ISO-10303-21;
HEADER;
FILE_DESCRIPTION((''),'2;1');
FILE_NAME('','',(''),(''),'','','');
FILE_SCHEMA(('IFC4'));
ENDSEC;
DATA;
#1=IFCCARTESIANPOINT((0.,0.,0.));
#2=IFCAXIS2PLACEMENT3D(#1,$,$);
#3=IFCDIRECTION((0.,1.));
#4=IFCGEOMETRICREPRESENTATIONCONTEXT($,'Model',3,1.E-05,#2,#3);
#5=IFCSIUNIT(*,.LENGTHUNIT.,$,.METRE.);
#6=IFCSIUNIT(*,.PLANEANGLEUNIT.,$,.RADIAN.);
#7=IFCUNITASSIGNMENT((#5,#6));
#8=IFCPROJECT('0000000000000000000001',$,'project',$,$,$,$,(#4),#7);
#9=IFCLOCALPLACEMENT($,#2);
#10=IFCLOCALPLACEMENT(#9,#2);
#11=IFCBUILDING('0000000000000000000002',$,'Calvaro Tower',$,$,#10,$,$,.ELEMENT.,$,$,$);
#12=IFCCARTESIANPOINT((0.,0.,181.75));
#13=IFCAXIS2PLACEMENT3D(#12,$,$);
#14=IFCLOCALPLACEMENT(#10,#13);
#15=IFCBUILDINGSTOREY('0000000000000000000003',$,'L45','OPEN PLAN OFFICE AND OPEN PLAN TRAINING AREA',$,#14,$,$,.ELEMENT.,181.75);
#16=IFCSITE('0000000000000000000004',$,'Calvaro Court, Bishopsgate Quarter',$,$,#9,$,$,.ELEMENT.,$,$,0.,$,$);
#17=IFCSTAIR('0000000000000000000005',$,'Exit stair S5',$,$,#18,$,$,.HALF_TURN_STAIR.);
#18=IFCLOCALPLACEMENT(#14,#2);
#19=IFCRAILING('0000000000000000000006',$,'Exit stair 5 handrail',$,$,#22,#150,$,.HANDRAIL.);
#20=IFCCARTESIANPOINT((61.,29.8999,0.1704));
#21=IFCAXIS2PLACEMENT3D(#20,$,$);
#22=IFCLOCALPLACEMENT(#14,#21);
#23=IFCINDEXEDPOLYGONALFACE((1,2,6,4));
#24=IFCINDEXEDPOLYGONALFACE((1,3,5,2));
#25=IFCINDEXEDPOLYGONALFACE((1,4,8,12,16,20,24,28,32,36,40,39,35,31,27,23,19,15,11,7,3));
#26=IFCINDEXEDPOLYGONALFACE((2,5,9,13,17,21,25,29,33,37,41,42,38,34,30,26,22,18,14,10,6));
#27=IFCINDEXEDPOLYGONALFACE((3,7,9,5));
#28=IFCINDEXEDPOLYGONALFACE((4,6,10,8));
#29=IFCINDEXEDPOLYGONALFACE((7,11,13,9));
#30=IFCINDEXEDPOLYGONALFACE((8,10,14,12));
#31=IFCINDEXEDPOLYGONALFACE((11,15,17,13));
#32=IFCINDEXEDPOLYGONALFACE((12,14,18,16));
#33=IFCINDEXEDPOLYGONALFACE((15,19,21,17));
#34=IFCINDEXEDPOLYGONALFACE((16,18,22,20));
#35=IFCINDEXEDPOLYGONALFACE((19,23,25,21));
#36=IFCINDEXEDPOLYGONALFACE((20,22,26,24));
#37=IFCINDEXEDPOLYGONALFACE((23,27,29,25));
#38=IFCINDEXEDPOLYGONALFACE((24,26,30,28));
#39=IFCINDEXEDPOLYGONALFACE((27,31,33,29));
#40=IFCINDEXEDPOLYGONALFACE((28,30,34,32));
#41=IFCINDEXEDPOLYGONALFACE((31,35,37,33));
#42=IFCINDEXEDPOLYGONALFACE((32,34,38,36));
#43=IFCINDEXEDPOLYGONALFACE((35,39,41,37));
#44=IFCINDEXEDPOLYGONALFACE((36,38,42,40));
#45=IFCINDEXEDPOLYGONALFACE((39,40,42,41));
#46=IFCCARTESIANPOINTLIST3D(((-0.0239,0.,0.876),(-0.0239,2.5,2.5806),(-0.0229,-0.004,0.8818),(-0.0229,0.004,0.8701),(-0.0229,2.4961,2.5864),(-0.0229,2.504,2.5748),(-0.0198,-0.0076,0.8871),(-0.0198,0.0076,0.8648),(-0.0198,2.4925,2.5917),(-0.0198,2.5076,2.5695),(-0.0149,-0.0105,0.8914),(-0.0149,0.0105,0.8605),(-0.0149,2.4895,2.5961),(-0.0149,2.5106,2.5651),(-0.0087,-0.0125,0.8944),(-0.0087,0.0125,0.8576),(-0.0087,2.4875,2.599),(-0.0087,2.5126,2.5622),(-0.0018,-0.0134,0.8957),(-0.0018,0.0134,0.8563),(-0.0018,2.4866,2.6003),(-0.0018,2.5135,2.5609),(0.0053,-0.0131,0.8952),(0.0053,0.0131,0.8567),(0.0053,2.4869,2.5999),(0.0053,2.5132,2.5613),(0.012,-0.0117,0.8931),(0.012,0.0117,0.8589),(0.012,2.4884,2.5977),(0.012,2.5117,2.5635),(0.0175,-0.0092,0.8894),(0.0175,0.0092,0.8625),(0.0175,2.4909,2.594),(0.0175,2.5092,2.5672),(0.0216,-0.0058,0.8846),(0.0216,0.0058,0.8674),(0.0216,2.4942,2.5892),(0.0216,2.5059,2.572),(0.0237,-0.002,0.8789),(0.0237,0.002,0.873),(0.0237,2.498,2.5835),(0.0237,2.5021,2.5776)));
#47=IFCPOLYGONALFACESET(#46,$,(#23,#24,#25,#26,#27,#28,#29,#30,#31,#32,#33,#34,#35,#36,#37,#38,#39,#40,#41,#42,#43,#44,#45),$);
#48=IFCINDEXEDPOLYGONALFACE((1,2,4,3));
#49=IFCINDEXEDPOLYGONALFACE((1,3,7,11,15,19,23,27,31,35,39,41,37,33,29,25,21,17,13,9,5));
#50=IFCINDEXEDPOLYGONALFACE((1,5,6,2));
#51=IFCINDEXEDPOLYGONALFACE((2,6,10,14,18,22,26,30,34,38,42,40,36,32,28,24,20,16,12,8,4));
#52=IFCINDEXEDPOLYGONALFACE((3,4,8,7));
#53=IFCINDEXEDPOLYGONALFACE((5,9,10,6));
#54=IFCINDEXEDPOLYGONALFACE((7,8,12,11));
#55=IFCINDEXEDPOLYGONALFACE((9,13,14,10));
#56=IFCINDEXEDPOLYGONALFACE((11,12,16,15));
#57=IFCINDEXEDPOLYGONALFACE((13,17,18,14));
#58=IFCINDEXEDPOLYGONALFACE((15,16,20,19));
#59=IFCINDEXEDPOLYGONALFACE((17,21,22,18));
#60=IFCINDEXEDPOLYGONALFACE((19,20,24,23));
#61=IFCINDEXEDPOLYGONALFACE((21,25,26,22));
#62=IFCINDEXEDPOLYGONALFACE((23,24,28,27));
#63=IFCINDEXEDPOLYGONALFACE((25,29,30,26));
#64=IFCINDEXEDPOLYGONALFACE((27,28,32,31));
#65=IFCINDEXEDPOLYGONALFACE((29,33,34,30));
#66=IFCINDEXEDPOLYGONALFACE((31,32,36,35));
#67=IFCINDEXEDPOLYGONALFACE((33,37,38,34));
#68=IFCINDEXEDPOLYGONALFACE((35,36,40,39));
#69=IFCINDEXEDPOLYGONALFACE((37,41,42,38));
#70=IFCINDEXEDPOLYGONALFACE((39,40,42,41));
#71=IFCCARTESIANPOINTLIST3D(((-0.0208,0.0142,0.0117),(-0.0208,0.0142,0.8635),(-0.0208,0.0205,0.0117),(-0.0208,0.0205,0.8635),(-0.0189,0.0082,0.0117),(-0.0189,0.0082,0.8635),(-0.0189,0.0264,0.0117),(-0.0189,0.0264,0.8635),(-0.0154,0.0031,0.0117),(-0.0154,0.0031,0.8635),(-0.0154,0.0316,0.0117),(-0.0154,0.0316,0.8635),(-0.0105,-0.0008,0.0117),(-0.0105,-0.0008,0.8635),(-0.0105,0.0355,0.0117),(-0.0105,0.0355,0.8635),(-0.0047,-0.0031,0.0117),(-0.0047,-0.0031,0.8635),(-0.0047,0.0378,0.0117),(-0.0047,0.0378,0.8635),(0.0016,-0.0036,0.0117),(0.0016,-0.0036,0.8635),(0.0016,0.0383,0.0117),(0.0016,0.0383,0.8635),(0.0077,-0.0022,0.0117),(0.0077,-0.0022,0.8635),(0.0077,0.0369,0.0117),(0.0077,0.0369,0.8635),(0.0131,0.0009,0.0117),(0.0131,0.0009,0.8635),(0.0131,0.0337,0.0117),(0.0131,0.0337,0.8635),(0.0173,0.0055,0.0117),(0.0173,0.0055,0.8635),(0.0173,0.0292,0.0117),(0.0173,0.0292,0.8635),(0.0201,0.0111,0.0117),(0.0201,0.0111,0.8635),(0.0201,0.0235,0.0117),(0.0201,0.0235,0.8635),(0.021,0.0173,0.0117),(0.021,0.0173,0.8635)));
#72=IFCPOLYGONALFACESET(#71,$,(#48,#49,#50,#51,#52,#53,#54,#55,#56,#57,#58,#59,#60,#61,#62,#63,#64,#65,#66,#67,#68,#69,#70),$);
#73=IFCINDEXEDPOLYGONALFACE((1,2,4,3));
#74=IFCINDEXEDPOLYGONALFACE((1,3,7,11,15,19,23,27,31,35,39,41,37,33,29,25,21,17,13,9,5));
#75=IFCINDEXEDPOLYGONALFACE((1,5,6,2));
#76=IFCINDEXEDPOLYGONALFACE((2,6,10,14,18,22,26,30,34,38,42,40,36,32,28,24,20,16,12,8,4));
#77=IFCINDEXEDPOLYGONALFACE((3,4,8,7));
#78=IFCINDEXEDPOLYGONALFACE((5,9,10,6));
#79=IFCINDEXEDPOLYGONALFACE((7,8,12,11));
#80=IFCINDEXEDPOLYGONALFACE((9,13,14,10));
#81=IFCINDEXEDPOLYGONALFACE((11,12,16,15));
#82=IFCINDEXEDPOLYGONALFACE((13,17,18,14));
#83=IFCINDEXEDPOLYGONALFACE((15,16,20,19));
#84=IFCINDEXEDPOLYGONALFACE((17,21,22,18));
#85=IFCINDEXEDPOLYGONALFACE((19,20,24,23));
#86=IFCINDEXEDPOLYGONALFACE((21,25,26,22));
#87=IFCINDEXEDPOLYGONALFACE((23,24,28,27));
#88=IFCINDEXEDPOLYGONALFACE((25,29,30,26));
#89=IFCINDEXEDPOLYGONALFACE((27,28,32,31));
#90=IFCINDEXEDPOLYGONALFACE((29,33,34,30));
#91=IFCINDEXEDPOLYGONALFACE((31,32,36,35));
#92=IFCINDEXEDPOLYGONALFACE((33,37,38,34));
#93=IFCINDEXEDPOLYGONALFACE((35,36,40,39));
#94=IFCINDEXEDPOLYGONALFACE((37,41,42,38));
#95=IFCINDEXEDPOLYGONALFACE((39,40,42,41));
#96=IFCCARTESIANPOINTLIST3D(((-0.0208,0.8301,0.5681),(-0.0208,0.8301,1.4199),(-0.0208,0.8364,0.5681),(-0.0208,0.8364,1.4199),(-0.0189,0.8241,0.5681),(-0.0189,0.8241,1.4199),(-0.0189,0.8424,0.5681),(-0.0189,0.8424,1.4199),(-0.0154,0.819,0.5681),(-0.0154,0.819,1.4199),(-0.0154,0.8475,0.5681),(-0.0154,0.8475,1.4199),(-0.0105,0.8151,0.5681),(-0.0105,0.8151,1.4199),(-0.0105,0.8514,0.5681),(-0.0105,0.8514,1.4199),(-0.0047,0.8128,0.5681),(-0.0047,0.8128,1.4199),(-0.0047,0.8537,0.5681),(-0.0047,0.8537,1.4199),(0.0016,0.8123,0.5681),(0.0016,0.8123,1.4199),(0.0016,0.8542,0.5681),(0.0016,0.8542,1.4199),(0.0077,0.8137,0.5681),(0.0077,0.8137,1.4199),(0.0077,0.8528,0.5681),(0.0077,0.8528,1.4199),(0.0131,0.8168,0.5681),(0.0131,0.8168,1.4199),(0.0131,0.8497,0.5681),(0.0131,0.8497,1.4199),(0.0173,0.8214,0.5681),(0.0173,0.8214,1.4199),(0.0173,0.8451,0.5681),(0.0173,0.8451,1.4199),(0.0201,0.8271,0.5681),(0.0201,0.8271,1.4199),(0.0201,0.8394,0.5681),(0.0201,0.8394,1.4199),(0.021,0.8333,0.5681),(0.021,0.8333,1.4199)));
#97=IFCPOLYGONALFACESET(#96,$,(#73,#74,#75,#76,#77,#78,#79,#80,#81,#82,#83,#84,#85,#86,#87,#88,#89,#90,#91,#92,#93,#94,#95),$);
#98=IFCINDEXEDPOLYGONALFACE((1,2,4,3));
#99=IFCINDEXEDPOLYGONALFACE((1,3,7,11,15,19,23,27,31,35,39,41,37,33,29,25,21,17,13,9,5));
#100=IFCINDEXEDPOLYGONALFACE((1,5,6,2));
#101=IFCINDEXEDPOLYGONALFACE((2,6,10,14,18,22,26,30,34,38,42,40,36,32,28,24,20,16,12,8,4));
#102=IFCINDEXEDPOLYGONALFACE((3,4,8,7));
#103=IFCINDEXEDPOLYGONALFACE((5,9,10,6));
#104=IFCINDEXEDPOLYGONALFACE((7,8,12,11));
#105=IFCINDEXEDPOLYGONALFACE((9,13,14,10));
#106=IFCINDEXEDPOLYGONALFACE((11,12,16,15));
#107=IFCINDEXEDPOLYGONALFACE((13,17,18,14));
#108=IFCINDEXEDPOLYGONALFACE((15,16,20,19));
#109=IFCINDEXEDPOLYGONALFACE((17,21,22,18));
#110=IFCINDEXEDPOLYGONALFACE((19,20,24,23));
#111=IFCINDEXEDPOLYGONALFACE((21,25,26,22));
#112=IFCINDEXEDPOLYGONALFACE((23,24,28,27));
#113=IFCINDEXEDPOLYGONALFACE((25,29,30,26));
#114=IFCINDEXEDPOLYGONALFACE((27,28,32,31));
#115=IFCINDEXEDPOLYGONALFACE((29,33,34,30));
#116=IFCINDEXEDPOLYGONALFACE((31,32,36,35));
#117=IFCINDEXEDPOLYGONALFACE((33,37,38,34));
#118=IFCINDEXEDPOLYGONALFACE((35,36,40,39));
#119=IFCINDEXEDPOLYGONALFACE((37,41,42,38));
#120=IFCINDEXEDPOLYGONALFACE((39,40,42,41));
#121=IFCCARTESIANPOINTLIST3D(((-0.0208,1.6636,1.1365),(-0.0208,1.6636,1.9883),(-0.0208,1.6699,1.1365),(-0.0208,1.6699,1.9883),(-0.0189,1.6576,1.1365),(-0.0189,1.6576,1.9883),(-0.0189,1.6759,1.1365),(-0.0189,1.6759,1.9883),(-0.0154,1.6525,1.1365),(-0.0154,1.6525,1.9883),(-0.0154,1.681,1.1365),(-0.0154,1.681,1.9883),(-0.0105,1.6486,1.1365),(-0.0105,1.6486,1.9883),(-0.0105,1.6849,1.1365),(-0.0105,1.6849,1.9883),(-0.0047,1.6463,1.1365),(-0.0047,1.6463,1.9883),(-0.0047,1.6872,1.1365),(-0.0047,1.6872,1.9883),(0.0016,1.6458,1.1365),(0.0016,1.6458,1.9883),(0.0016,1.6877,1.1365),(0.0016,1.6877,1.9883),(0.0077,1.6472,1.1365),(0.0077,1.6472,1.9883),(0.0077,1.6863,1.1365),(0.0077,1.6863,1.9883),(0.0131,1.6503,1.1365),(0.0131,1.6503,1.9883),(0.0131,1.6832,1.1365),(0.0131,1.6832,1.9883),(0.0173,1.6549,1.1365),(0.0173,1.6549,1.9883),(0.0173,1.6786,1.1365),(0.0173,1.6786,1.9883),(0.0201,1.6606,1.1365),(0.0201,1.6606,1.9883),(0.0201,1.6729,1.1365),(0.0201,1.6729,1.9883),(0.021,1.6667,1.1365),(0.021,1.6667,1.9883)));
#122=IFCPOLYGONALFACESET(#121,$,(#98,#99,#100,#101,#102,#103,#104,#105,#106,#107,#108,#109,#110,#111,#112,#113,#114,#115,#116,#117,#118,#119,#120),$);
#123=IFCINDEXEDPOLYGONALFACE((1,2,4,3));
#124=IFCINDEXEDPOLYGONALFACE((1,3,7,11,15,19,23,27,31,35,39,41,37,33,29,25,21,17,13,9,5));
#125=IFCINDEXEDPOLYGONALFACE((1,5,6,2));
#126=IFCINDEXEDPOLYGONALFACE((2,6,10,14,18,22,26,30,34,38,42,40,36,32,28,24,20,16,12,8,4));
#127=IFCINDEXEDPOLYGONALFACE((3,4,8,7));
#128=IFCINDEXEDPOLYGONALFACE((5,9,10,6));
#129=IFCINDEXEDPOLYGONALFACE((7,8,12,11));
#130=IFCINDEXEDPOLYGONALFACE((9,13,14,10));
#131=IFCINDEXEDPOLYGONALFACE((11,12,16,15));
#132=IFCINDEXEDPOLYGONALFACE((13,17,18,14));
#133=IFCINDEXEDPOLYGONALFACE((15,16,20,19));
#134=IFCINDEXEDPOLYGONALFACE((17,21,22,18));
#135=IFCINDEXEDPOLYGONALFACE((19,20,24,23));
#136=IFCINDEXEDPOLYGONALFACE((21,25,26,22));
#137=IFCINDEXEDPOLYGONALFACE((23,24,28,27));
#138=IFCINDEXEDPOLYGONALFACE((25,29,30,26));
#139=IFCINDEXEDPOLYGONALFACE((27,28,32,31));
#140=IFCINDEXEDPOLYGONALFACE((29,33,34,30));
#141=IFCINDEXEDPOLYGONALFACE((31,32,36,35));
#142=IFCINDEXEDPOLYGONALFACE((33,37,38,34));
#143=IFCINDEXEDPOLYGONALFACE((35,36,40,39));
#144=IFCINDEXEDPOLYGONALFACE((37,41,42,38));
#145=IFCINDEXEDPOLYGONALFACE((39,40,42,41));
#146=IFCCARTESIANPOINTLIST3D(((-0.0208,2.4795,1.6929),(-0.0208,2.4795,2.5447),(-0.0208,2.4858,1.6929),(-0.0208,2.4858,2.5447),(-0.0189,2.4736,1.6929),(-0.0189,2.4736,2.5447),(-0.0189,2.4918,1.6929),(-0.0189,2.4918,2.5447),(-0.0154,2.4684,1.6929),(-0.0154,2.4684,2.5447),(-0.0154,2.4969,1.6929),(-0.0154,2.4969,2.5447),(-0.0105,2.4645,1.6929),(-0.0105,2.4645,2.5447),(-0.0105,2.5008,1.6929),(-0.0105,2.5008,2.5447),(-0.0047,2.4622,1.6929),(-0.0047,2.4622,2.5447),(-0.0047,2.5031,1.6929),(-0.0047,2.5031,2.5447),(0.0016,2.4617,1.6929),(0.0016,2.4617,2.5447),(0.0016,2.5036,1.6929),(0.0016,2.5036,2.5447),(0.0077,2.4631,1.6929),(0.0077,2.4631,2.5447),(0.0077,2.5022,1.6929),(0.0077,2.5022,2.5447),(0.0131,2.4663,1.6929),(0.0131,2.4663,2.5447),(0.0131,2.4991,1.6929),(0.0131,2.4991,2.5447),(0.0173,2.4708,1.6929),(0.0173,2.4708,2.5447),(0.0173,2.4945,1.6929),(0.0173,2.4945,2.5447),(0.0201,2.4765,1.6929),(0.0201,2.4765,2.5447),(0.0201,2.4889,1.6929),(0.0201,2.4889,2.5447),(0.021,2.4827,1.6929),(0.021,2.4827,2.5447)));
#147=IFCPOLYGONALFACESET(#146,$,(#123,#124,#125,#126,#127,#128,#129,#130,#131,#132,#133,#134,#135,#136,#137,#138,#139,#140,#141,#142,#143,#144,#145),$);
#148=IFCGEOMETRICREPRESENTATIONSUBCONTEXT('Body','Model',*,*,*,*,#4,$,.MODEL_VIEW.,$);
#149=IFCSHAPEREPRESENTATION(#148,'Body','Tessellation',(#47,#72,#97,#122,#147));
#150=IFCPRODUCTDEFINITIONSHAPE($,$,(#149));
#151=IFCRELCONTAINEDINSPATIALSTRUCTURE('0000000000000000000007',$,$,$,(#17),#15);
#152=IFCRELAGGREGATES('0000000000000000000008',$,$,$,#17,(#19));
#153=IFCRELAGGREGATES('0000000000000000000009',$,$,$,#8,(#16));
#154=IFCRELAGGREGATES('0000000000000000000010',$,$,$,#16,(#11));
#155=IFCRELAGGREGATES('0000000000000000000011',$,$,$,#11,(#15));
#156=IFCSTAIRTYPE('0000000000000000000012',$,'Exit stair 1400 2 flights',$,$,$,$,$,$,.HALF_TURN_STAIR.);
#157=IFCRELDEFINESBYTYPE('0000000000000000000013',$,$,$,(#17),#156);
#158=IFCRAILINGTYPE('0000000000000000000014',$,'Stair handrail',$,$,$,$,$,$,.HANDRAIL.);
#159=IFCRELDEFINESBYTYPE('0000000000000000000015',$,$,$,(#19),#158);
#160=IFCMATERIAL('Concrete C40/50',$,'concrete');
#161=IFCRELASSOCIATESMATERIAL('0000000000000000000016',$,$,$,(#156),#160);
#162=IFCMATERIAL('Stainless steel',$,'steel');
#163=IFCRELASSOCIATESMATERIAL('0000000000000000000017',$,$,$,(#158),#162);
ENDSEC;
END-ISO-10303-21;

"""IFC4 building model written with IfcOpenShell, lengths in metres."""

from ifc_helpers import new_model, si_unit, direction, frame, origin, origin_2d, place, context, subcontext, project, spatial, circle, extrude, material, type_object, element, aggregate, save


model = new_model("IFC4")

# Units and contexts
model_context = context("Model", 3, precision=1e-05, world=origin(), true_north=direction((0.0, 1.0)))
body_context = subcontext(model_context, "Body", "Model", "MODEL_VIEW")
ifc_project = project(units=[si_unit("LENGTHUNIT", "METRE"), si_unit("PLANEANGLEUNIT", "RADIAN")], contexts=[model_context])

# Site, building, storey
site_placement = place(None, origin())
site = spatial("IfcSite", under=ifc_project, at=site_placement, Name="Calvaro Court, Bishopsgate Quarter", CompositionType="ELEMENT", RefElevation=0.0)
building_placement = place(site_placement, origin())
building = spatial("IfcBuilding", under=site, at=building_placement, Name="Calvaro Tower", CompositionType="ELEMENT")
storey_placement = place(building_placement, frame((0.0, 0.0, 181.75)))
storey = spatial("IfcBuildingStorey", under=building, at=storey_placement, Name="L45", Description="OPEN PLAN OFFICE AND OPEN PLAN TRAINING AREA", CompositionType="ELEMENT", Elevation=181.75)

# Stair
ifc_material_1 = material(Name="Concrete C40/50", Category="concrete")
stair_type = type_object("IfcStairType", Name="Exit stair 1400 2 flights", PredefinedType="HALF_TURN_STAIR", material=ifc_material_1)
stair_1_placement = place(storey_placement, origin())
stair_1 = element("IfcStair", 1, at=stair_1_placement, inside=storey, type_object=stair_type, Name="Exit stair S5", PredefinedType="HALF_TURN_STAIR")

# Railing
ifc_material_2 = material(Name="Stainless steel", Category="steel")
railing_type = type_object("IfcRailingType", Name="Stair handrail", PredefinedType="HANDRAIL", material=ifc_material_2)
railing_1_placement = place(storey_placement, frame((61.0, 29.8999, 0.1704)))
railing_1 = element("IfcRailing", 2, at=railing_1_placement, type_object=railing_type, Name="Exit stair 5 handrail", PredefinedType="HANDRAIL", context=body_context, shape_type="SweptSolid", body=[
    extrude(circle(Radius=0.0239, at=origin_2d()), frame((0.0, 0.0, 0.876), z_axis=(0.0, 0.826221, 0.563347), x_axis=(-1.0, 0.0, 0.0)), (0.0, 0.0, 1.0), 3.0259),
    extrude(circle(Radius=0.021, at=origin_2d()), frame((0.0, 0.0173, 0.0117)), (0.0, 0.0, 1.0), 0.8518),
    extrude(circle(Radius=0.021, at=origin_2d()), frame((0.0, 0.8333, 0.5681)), (0.0, 0.0, 1.0), 0.8518),
    extrude(circle(Radius=0.021, at=origin_2d()), frame((0.0, 1.6667, 1.1365)), (0.0, 0.0, 1.0), 0.8518),
    extrude(circle(Radius=0.021, at=origin_2d()), frame((0.0, 2.4827, 1.6929)), (0.0, 0.0, 1.0), 0.8518),
])
aggregate(stair_1, [railing_1])

save(model, "model.ifc")
